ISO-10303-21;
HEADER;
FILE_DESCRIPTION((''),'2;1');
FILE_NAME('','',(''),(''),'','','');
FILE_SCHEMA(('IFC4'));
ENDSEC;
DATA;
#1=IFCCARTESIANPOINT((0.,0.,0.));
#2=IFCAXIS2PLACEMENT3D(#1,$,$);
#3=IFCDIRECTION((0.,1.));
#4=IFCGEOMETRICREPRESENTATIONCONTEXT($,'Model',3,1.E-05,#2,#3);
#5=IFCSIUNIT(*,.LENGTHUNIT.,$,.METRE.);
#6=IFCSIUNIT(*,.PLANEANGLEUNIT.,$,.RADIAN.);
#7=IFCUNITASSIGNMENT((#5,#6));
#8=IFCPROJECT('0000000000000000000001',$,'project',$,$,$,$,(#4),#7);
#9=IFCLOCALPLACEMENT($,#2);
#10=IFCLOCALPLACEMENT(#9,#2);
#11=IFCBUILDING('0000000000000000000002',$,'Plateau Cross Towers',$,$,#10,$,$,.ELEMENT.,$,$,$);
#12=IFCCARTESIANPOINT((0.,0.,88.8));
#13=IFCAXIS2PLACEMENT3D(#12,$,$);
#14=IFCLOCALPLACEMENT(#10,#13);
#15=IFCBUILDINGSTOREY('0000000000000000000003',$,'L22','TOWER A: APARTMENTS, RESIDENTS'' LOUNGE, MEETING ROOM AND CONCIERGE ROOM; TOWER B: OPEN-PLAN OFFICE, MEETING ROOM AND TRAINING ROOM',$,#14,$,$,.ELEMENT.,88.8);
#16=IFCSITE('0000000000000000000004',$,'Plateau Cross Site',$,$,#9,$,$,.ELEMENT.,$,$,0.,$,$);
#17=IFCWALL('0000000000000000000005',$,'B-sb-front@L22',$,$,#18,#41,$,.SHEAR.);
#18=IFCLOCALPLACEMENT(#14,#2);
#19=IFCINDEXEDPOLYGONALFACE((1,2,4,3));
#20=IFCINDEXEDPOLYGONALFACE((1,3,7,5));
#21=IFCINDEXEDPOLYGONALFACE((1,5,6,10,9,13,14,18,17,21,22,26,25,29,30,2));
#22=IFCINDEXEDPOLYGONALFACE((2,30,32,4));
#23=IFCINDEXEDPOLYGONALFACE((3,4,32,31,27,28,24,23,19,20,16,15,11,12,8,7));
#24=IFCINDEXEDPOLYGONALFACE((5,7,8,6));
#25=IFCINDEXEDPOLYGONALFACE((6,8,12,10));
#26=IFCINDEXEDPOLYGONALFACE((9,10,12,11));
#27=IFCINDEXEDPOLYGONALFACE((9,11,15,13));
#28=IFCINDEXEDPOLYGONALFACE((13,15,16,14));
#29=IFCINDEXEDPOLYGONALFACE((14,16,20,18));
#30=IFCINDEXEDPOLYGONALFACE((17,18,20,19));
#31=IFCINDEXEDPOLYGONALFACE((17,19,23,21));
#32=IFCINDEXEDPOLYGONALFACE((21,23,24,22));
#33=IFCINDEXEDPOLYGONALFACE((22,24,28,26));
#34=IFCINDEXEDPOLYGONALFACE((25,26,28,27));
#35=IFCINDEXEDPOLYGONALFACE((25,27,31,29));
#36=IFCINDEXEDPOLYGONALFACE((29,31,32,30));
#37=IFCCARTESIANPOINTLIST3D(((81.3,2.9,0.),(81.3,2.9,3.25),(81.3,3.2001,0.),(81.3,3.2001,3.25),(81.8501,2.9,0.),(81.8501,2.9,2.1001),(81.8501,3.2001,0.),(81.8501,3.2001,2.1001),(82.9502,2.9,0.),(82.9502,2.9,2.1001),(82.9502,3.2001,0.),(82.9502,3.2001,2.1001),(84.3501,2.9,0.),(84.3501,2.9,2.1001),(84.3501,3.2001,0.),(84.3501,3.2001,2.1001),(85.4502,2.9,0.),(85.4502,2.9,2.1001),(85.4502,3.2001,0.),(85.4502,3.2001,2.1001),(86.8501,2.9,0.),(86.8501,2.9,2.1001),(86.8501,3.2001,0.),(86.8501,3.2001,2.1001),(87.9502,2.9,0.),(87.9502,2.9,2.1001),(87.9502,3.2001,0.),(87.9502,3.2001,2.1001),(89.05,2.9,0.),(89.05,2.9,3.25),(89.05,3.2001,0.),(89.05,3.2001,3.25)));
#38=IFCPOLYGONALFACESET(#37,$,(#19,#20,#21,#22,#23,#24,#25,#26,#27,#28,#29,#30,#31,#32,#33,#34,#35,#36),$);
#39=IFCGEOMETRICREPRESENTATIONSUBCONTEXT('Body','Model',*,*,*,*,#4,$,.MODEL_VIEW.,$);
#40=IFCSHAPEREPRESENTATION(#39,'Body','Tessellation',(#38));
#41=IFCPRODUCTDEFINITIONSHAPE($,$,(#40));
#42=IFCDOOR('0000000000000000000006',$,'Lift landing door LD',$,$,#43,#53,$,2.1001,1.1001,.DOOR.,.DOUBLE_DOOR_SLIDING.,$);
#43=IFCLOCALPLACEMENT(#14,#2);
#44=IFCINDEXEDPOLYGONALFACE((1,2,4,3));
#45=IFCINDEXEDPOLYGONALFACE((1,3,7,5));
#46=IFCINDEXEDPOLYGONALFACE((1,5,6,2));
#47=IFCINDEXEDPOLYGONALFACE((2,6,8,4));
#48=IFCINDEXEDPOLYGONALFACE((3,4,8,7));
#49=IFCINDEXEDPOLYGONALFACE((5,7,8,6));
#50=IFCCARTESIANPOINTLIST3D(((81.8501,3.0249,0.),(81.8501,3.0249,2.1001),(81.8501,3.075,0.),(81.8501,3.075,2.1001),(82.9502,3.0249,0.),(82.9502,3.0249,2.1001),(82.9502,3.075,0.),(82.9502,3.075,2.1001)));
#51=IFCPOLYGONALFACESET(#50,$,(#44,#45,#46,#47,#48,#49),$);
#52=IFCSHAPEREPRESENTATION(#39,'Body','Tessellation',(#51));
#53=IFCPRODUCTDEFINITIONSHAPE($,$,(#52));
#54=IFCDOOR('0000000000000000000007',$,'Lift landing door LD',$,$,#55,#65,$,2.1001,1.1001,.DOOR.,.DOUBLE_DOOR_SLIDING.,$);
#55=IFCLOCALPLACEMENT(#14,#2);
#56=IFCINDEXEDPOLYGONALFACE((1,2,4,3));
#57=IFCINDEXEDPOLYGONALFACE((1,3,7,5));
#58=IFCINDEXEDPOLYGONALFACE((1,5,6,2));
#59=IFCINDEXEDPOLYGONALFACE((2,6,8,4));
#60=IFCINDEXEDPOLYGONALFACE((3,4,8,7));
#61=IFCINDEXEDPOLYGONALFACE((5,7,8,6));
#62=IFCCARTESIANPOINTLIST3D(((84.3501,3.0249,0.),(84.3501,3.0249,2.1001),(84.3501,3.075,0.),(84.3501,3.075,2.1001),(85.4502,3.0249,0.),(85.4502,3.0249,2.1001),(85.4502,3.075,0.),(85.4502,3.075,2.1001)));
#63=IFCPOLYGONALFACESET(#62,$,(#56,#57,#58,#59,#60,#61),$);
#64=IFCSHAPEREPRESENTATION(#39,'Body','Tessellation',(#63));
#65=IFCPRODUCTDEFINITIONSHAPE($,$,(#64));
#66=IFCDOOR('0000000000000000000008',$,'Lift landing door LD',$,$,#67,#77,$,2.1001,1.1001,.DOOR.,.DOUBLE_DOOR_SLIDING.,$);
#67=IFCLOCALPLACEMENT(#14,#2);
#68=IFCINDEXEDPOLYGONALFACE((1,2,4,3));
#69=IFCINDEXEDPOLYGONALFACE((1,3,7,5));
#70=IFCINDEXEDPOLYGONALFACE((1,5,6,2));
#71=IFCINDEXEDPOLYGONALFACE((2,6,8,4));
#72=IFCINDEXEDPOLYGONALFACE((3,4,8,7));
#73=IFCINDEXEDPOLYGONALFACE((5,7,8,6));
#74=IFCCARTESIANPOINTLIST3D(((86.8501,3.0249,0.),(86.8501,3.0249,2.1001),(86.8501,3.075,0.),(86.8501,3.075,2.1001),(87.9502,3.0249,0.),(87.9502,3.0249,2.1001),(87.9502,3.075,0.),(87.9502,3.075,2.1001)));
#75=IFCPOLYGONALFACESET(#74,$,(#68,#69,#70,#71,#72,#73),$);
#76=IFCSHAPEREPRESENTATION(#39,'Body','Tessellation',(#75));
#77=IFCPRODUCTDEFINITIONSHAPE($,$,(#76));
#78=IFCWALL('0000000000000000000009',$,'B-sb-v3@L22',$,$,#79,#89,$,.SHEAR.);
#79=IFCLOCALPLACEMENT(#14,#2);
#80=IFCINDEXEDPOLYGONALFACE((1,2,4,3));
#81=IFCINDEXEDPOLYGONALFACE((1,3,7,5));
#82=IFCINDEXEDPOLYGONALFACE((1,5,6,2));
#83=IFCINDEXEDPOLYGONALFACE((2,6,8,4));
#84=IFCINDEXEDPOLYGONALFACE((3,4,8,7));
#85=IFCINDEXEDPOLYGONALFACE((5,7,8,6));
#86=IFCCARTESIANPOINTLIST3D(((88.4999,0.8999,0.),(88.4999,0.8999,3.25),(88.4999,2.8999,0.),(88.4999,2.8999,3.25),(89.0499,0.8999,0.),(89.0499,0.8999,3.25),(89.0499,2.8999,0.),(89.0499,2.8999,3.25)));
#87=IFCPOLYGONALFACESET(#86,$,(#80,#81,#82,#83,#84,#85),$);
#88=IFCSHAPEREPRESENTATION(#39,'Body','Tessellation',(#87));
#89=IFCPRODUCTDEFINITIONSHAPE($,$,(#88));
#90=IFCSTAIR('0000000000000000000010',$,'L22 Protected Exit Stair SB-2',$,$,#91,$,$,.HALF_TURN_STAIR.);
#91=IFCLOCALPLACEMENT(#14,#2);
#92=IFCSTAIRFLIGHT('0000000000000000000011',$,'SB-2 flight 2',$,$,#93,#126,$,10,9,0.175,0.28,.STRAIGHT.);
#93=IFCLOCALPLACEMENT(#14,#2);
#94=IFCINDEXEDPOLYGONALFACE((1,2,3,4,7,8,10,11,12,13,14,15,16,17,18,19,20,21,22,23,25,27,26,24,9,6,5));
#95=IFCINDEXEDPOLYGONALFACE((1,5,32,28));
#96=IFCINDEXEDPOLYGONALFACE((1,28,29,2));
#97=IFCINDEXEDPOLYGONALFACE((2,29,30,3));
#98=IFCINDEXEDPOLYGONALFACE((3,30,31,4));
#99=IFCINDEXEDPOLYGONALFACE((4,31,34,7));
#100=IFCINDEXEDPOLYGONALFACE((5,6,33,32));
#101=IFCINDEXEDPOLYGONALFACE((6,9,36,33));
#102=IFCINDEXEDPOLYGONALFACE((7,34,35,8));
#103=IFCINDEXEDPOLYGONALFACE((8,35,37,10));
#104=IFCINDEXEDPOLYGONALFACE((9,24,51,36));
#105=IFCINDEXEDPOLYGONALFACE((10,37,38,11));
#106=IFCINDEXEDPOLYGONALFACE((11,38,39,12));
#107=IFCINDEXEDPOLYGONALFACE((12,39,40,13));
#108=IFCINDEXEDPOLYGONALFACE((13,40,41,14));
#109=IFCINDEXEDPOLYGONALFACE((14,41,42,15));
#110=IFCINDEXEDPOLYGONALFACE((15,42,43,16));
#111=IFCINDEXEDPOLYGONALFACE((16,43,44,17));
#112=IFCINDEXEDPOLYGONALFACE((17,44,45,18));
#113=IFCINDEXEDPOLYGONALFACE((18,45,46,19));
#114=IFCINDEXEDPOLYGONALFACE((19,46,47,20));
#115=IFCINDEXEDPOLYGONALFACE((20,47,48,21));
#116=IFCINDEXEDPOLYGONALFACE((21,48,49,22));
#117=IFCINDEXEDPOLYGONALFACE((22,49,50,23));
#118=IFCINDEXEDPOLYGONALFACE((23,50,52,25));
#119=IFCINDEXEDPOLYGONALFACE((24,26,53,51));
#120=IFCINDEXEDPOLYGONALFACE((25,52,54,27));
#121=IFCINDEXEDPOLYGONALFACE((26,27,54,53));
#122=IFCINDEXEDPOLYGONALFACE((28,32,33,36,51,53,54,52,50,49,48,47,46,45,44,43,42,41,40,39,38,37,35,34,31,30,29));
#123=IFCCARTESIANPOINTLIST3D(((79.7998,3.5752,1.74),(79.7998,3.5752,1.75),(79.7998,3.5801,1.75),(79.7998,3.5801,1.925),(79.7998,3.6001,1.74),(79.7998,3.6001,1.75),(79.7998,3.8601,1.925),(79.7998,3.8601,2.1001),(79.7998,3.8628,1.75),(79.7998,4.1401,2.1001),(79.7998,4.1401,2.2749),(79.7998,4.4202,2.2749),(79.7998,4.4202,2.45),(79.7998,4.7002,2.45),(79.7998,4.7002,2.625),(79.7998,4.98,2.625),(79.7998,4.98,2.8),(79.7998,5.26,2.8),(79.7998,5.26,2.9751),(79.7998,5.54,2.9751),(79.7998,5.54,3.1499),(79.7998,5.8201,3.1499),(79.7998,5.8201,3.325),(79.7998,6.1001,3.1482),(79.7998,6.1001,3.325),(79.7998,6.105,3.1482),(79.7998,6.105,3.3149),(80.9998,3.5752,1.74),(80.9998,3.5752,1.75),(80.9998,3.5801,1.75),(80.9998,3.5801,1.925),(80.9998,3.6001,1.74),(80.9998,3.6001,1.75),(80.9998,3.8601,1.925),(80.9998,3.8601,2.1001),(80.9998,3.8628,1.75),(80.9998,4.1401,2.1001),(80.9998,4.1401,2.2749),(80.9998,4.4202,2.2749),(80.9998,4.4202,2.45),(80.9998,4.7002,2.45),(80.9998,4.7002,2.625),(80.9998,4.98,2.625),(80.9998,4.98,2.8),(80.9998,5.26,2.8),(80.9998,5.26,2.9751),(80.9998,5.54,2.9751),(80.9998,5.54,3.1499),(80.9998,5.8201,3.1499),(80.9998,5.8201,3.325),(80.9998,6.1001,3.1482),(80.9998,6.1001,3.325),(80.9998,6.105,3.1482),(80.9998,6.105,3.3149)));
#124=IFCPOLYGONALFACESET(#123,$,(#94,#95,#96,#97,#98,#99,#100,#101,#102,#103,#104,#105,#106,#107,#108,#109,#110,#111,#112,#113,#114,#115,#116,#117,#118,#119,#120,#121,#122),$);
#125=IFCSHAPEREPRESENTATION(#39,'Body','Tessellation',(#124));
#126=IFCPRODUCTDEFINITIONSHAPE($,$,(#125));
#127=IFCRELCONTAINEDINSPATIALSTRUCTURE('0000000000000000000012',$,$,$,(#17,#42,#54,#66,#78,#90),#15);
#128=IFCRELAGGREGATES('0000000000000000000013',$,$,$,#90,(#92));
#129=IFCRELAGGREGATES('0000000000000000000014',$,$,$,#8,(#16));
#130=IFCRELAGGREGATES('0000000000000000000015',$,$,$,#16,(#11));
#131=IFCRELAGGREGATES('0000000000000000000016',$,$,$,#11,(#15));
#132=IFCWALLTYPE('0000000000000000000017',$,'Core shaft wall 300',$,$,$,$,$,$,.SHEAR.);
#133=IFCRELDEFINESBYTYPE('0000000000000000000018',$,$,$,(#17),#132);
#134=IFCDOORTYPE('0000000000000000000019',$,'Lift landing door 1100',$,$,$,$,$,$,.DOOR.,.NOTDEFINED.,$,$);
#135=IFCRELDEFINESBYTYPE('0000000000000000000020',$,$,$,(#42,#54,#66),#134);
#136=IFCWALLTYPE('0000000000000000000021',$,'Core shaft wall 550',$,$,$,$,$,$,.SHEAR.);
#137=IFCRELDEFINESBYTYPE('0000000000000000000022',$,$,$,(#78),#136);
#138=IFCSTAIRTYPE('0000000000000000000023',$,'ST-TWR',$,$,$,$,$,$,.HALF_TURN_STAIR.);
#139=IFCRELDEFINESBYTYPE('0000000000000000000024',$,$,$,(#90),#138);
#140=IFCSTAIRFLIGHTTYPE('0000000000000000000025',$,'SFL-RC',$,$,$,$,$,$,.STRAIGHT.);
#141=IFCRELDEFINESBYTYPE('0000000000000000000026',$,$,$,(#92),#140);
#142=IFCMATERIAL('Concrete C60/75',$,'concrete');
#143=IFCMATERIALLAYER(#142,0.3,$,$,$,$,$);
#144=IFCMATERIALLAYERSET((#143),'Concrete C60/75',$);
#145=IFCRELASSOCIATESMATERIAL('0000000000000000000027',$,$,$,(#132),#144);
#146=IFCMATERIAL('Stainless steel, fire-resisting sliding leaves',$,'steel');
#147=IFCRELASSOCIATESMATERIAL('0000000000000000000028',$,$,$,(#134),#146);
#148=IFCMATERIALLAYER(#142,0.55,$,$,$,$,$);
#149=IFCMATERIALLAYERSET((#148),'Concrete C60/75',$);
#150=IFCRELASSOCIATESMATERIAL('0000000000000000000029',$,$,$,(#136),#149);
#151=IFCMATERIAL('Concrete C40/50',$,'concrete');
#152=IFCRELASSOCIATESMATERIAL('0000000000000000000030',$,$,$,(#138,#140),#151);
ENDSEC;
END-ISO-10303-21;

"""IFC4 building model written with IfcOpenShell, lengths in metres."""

from ifc_helpers import new_model, si_unit, direction, frame, frame_2d, origin, place, context, subcontext, project, spatial, polyline, rectangle, outline, extrude, material, layer, layer_set, type_object, element, fill, aggregate, save


model = new_model("IFC4")

# Units and contexts
model_context = context("Model", 3, precision=1e-05, world=origin(), true_north=direction((0.0, 1.0)))
body_context = subcontext(model_context, "Body", "Model", "MODEL_VIEW")
ifc_project = project(units=[si_unit("LENGTHUNIT", "METRE"), si_unit("PLANEANGLEUNIT", "RADIAN")], contexts=[model_context])

# Site, building, storey
site_placement = place(None, origin())
site = spatial("IfcSite", under=ifc_project, at=site_placement, Name="Plateau Cross Site", CompositionType="ELEMENT", RefElevation=0.0)
building_placement = place(site_placement, origin())
building = spatial("IfcBuilding", under=site, at=building_placement, Name="Plateau Cross Towers", CompositionType="ELEMENT")
storey_placement = place(building_placement, frame((0.0, 0.0, 88.8)))
storey = spatial("IfcBuildingStorey", under=building, at=storey_placement, Name="L22", Description="TOWER A: APARTMENTS, RESIDENTS' LOUNGE, MEETING ROOM AND CONCIERGE ROOM; TOWER B: OPEN-PLAN OFFICE, MEETING ROOM AND TRAINING ROOM", CompositionType="ELEMENT", Elevation=88.8)

# Shared definitions
ifc_material_1 = material(Name="Concrete C60/75", Category="concrete")

# Shared definitions
ifc_layer_1 = layer(ifc_material_1, 0.3)
ifc_layer_set_1 = layer_set([ifc_layer_1], Name="Concrete C60/75")
wall_type_1 = type_object("IfcWallType", Name="Core shaft wall 300", PredefinedType="SHEAR", material=ifc_layer_set_1)

# Wall, openings, doors
wall_1_placement = place(storey_placement, frame((81.3, 3.05, 0.0), z_axis=(0.0, 0.0, 1.0), x_axis=(1.0, 0.0, 0.0)))
wall_1 = element("IfcWall", 1, at=wall_1_placement, inside=storey, type_object=wall_type_1, Name="B-sb-front@L22", PredefinedType="SHEAR", context=body_context, shape_type="SweptSolid", body=[
    extrude(rectangle(XDim=7.75, YDim=0.3, at=frame_2d((3.875, 0.0))), origin(), (0.0, 0.0, 1.0), 3.25),
])
opening_1_placement = place(wall_1_placement, frame((0.55, 0.0, 0.0)))
opening_1 = element("IfcOpeningElement", 2, at=opening_1_placement, cuts=wall_1, PredefinedType="OPENING", context=body_context, shape_type="SweptSolid", body=[
    extrude(rectangle(XDim=1.1001, YDim=2.1001, at=frame_2d((0.55, 1.05))), frame((0.0, 0.1599, 0.0), z_axis=(0.0, -1.0, 0.0), x_axis=(1.0, 0.0, 0.0)), (0.0, 0.0, 1.0), 0.3201),
])
opening_2_placement = place(wall_1_placement, frame((3.05, 0.0, 0.0)))
opening_2 = element("IfcOpeningElement", 3, at=opening_2_placement, cuts=wall_1, PredefinedType="OPENING", context=body_context, shape_type="SweptSolid", body=[
    extrude(rectangle(XDim=1.1001, YDim=2.1001, at=frame_2d((0.55, 1.05))), frame((0.0, 0.1599, 0.0), z_axis=(0.0, -1.0, 0.0), x_axis=(1.0, 0.0, 0.0)), (0.0, 0.0, 1.0), 0.3201),
])
opening_3_placement = place(wall_1_placement, frame((5.55, 0.0, 0.0)))
opening_3 = element("IfcOpeningElement", 4, at=opening_3_placement, cuts=wall_1, PredefinedType="OPENING", context=body_context, shape_type="SweptSolid", body=[
    extrude(rectangle(XDim=1.1001, YDim=2.1001, at=frame_2d((0.55, 1.05))), frame((0.0, 0.1599, 0.0), z_axis=(0.0, -1.0, 0.0), x_axis=(1.0, 0.0, 0.0)), (0.0, 0.0, 1.0), 0.3201),
])
ifc_material_2 = material(Name="Stainless steel, fire-resisting sliding leaves", Category="steel")
door_type_1 = type_object("IfcDoorType", Name="Lift landing door 1100", OperationType="NOTDEFINED", PredefinedType="DOOR", material=ifc_material_2)
door_1_placement = place(opening_1_placement, origin())
door_1 = element("IfcDoor", 5, at=door_1_placement, inside=storey, type_object=door_type_1, Name="Lift landing door LD", OperationType="DOUBLE_DOOR_SLIDING", OverallHeight=2.1001, OverallWidth=1.1001, PredefinedType="DOOR", context=body_context, shape_type="SweptSolid", body=[
    extrude(rectangle(XDim=1.1001, YDim=2.1001, at=frame_2d((0.55, 1.05))), frame((0.0, 0.0249, 0.0), z_axis=(0.0, -1.0, 0.0), x_axis=(1.0, 0.0, 0.0)), (0.0, 0.0, 1.0), 0.05),
])
fill(opening_1, door_1)
door_2_placement = place(opening_2_placement, origin())
door_2 = element("IfcDoor", 6, at=door_2_placement, inside=storey, type_object=door_type_1, Name="Lift landing door LD", OperationType="DOUBLE_DOOR_SLIDING", OverallHeight=2.1001, OverallWidth=1.1001, PredefinedType="DOOR", context=body_context, shape_type="SweptSolid", body=[
    extrude(rectangle(XDim=1.1001, YDim=2.1001, at=frame_2d((0.55, 1.05))), frame((0.0, 0.0249, 0.0), z_axis=(0.0, -1.0, 0.0), x_axis=(1.0, 0.0, 0.0)), (0.0, 0.0, 1.0), 0.05),
])
fill(opening_2, door_2)
door_3_placement = place(opening_3_placement, origin())
door_3 = element("IfcDoor", 7, at=door_3_placement, inside=storey, type_object=door_type_1, Name="Lift landing door LD", OperationType="DOUBLE_DOOR_SLIDING", OverallHeight=2.1001, OverallWidth=1.1001, PredefinedType="DOOR", context=body_context, shape_type="SweptSolid", body=[
    extrude(rectangle(XDim=1.1001, YDim=2.1001, at=frame_2d((0.55, 1.05))), frame((0.0, 0.0249, 0.0), z_axis=(0.0, -1.0, 0.0), x_axis=(1.0, 0.0, 0.0)), (0.0, 0.0, 1.0), 0.05),
])
fill(opening_3, door_3)

# Wall
ifc_layer_2 = layer(ifc_material_1, 0.55)
ifc_layer_set_2 = layer_set([ifc_layer_2], Name="Concrete C60/75")
wall_type_2 = type_object("IfcWallType", Name="Core shaft wall 550", PredefinedType="SHEAR", material=ifc_layer_set_2)
wall_2_placement = place(storey_placement, frame((88.7749, 0.8999, 0.0), z_axis=(0.0, 0.0, 1.0), x_axis=(0.0, 1.0, 0.0)))
element("IfcWall", 8, at=wall_2_placement, inside=storey, type_object=wall_type_2, Name="B-sb-v3@L22", PredefinedType="SHEAR", context=body_context, shape_type="SweptSolid", body=[
    extrude(rectangle(XDim=2.0, YDim=0.55, at=frame_2d((1.0, 0.0))), origin(), (0.0, 0.0, 1.0), 3.25),
])

# Stair, stair flight
ifc_material_3 = material(Name="Concrete C40/50", Category="concrete")
stair_type = type_object("IfcStairType", Name="ST-TWR", PredefinedType="HALF_TURN_STAIR", material=ifc_material_3)
stair_placement = place(storey_placement, origin())
stair = element("IfcStair", 9, at=stair_placement, inside=storey, type_object=stair_type, Name="L22 Protected Exit Stair SB-2", PredefinedType="HALF_TURN_STAIR")
stair_flight_type = type_object("IfcStairFlightType", Name="SFL-RC", PredefinedType="STRAIGHT", material=ifc_material_3)
stair_flight_placement = place(storey_placement, frame((80.3999, 3.5801, 1.75), z_axis=(0.0, 0.0, 1.0), x_axis=(0.0, 1.0, 0.0)))
stair_flight = element("IfcStairFlight", 10, at=stair_flight_placement, type_object=stair_flight_type, Name="SB-2 flight 2", NumberOfRisers=10, NumberOfTreads=9, PredefinedType="STRAIGHT", RiserHeight=0.175, TreadLength=0.28, context=body_context, shape_type="SweptSolid", body=[
    extrude(outline(polyline([(-0.0049, -0.01), (-0.0049, 0.0), (0.0, 0.0), (0.0, 0.175), (0.28, 0.175), (0.28, 0.3501), (0.5601, 0.3501), (0.5601, 0.5249), (0.8401, 0.5249), (0.8401, 0.7), (1.1201, 0.7), (1.1201, 0.875), (1.3999, 0.875), (1.3999, 1.05), (1.6799, 1.05), (1.6799, 1.2251), (1.96, 1.2251), (1.96, 1.3999), (2.24, 1.3999), (2.24, 1.575), (2.52, 1.575), (2.5249, 1.5649), (2.5249, 1.3982), (2.52, 1.3982), (0.2827, 0.0), (0.02, 0.0), (0.02, -0.01), (-0.0049, -0.01)])), frame((0.0, 0.6001, 0.0), z_axis=(0.0, -1.0, 0.0), x_axis=(1.0, 0.0, 0.0)), (0.0, 0.0, 1.0), 1.2),
])
aggregate(stair, [stair_flight])

save(model, "model.ifc")
